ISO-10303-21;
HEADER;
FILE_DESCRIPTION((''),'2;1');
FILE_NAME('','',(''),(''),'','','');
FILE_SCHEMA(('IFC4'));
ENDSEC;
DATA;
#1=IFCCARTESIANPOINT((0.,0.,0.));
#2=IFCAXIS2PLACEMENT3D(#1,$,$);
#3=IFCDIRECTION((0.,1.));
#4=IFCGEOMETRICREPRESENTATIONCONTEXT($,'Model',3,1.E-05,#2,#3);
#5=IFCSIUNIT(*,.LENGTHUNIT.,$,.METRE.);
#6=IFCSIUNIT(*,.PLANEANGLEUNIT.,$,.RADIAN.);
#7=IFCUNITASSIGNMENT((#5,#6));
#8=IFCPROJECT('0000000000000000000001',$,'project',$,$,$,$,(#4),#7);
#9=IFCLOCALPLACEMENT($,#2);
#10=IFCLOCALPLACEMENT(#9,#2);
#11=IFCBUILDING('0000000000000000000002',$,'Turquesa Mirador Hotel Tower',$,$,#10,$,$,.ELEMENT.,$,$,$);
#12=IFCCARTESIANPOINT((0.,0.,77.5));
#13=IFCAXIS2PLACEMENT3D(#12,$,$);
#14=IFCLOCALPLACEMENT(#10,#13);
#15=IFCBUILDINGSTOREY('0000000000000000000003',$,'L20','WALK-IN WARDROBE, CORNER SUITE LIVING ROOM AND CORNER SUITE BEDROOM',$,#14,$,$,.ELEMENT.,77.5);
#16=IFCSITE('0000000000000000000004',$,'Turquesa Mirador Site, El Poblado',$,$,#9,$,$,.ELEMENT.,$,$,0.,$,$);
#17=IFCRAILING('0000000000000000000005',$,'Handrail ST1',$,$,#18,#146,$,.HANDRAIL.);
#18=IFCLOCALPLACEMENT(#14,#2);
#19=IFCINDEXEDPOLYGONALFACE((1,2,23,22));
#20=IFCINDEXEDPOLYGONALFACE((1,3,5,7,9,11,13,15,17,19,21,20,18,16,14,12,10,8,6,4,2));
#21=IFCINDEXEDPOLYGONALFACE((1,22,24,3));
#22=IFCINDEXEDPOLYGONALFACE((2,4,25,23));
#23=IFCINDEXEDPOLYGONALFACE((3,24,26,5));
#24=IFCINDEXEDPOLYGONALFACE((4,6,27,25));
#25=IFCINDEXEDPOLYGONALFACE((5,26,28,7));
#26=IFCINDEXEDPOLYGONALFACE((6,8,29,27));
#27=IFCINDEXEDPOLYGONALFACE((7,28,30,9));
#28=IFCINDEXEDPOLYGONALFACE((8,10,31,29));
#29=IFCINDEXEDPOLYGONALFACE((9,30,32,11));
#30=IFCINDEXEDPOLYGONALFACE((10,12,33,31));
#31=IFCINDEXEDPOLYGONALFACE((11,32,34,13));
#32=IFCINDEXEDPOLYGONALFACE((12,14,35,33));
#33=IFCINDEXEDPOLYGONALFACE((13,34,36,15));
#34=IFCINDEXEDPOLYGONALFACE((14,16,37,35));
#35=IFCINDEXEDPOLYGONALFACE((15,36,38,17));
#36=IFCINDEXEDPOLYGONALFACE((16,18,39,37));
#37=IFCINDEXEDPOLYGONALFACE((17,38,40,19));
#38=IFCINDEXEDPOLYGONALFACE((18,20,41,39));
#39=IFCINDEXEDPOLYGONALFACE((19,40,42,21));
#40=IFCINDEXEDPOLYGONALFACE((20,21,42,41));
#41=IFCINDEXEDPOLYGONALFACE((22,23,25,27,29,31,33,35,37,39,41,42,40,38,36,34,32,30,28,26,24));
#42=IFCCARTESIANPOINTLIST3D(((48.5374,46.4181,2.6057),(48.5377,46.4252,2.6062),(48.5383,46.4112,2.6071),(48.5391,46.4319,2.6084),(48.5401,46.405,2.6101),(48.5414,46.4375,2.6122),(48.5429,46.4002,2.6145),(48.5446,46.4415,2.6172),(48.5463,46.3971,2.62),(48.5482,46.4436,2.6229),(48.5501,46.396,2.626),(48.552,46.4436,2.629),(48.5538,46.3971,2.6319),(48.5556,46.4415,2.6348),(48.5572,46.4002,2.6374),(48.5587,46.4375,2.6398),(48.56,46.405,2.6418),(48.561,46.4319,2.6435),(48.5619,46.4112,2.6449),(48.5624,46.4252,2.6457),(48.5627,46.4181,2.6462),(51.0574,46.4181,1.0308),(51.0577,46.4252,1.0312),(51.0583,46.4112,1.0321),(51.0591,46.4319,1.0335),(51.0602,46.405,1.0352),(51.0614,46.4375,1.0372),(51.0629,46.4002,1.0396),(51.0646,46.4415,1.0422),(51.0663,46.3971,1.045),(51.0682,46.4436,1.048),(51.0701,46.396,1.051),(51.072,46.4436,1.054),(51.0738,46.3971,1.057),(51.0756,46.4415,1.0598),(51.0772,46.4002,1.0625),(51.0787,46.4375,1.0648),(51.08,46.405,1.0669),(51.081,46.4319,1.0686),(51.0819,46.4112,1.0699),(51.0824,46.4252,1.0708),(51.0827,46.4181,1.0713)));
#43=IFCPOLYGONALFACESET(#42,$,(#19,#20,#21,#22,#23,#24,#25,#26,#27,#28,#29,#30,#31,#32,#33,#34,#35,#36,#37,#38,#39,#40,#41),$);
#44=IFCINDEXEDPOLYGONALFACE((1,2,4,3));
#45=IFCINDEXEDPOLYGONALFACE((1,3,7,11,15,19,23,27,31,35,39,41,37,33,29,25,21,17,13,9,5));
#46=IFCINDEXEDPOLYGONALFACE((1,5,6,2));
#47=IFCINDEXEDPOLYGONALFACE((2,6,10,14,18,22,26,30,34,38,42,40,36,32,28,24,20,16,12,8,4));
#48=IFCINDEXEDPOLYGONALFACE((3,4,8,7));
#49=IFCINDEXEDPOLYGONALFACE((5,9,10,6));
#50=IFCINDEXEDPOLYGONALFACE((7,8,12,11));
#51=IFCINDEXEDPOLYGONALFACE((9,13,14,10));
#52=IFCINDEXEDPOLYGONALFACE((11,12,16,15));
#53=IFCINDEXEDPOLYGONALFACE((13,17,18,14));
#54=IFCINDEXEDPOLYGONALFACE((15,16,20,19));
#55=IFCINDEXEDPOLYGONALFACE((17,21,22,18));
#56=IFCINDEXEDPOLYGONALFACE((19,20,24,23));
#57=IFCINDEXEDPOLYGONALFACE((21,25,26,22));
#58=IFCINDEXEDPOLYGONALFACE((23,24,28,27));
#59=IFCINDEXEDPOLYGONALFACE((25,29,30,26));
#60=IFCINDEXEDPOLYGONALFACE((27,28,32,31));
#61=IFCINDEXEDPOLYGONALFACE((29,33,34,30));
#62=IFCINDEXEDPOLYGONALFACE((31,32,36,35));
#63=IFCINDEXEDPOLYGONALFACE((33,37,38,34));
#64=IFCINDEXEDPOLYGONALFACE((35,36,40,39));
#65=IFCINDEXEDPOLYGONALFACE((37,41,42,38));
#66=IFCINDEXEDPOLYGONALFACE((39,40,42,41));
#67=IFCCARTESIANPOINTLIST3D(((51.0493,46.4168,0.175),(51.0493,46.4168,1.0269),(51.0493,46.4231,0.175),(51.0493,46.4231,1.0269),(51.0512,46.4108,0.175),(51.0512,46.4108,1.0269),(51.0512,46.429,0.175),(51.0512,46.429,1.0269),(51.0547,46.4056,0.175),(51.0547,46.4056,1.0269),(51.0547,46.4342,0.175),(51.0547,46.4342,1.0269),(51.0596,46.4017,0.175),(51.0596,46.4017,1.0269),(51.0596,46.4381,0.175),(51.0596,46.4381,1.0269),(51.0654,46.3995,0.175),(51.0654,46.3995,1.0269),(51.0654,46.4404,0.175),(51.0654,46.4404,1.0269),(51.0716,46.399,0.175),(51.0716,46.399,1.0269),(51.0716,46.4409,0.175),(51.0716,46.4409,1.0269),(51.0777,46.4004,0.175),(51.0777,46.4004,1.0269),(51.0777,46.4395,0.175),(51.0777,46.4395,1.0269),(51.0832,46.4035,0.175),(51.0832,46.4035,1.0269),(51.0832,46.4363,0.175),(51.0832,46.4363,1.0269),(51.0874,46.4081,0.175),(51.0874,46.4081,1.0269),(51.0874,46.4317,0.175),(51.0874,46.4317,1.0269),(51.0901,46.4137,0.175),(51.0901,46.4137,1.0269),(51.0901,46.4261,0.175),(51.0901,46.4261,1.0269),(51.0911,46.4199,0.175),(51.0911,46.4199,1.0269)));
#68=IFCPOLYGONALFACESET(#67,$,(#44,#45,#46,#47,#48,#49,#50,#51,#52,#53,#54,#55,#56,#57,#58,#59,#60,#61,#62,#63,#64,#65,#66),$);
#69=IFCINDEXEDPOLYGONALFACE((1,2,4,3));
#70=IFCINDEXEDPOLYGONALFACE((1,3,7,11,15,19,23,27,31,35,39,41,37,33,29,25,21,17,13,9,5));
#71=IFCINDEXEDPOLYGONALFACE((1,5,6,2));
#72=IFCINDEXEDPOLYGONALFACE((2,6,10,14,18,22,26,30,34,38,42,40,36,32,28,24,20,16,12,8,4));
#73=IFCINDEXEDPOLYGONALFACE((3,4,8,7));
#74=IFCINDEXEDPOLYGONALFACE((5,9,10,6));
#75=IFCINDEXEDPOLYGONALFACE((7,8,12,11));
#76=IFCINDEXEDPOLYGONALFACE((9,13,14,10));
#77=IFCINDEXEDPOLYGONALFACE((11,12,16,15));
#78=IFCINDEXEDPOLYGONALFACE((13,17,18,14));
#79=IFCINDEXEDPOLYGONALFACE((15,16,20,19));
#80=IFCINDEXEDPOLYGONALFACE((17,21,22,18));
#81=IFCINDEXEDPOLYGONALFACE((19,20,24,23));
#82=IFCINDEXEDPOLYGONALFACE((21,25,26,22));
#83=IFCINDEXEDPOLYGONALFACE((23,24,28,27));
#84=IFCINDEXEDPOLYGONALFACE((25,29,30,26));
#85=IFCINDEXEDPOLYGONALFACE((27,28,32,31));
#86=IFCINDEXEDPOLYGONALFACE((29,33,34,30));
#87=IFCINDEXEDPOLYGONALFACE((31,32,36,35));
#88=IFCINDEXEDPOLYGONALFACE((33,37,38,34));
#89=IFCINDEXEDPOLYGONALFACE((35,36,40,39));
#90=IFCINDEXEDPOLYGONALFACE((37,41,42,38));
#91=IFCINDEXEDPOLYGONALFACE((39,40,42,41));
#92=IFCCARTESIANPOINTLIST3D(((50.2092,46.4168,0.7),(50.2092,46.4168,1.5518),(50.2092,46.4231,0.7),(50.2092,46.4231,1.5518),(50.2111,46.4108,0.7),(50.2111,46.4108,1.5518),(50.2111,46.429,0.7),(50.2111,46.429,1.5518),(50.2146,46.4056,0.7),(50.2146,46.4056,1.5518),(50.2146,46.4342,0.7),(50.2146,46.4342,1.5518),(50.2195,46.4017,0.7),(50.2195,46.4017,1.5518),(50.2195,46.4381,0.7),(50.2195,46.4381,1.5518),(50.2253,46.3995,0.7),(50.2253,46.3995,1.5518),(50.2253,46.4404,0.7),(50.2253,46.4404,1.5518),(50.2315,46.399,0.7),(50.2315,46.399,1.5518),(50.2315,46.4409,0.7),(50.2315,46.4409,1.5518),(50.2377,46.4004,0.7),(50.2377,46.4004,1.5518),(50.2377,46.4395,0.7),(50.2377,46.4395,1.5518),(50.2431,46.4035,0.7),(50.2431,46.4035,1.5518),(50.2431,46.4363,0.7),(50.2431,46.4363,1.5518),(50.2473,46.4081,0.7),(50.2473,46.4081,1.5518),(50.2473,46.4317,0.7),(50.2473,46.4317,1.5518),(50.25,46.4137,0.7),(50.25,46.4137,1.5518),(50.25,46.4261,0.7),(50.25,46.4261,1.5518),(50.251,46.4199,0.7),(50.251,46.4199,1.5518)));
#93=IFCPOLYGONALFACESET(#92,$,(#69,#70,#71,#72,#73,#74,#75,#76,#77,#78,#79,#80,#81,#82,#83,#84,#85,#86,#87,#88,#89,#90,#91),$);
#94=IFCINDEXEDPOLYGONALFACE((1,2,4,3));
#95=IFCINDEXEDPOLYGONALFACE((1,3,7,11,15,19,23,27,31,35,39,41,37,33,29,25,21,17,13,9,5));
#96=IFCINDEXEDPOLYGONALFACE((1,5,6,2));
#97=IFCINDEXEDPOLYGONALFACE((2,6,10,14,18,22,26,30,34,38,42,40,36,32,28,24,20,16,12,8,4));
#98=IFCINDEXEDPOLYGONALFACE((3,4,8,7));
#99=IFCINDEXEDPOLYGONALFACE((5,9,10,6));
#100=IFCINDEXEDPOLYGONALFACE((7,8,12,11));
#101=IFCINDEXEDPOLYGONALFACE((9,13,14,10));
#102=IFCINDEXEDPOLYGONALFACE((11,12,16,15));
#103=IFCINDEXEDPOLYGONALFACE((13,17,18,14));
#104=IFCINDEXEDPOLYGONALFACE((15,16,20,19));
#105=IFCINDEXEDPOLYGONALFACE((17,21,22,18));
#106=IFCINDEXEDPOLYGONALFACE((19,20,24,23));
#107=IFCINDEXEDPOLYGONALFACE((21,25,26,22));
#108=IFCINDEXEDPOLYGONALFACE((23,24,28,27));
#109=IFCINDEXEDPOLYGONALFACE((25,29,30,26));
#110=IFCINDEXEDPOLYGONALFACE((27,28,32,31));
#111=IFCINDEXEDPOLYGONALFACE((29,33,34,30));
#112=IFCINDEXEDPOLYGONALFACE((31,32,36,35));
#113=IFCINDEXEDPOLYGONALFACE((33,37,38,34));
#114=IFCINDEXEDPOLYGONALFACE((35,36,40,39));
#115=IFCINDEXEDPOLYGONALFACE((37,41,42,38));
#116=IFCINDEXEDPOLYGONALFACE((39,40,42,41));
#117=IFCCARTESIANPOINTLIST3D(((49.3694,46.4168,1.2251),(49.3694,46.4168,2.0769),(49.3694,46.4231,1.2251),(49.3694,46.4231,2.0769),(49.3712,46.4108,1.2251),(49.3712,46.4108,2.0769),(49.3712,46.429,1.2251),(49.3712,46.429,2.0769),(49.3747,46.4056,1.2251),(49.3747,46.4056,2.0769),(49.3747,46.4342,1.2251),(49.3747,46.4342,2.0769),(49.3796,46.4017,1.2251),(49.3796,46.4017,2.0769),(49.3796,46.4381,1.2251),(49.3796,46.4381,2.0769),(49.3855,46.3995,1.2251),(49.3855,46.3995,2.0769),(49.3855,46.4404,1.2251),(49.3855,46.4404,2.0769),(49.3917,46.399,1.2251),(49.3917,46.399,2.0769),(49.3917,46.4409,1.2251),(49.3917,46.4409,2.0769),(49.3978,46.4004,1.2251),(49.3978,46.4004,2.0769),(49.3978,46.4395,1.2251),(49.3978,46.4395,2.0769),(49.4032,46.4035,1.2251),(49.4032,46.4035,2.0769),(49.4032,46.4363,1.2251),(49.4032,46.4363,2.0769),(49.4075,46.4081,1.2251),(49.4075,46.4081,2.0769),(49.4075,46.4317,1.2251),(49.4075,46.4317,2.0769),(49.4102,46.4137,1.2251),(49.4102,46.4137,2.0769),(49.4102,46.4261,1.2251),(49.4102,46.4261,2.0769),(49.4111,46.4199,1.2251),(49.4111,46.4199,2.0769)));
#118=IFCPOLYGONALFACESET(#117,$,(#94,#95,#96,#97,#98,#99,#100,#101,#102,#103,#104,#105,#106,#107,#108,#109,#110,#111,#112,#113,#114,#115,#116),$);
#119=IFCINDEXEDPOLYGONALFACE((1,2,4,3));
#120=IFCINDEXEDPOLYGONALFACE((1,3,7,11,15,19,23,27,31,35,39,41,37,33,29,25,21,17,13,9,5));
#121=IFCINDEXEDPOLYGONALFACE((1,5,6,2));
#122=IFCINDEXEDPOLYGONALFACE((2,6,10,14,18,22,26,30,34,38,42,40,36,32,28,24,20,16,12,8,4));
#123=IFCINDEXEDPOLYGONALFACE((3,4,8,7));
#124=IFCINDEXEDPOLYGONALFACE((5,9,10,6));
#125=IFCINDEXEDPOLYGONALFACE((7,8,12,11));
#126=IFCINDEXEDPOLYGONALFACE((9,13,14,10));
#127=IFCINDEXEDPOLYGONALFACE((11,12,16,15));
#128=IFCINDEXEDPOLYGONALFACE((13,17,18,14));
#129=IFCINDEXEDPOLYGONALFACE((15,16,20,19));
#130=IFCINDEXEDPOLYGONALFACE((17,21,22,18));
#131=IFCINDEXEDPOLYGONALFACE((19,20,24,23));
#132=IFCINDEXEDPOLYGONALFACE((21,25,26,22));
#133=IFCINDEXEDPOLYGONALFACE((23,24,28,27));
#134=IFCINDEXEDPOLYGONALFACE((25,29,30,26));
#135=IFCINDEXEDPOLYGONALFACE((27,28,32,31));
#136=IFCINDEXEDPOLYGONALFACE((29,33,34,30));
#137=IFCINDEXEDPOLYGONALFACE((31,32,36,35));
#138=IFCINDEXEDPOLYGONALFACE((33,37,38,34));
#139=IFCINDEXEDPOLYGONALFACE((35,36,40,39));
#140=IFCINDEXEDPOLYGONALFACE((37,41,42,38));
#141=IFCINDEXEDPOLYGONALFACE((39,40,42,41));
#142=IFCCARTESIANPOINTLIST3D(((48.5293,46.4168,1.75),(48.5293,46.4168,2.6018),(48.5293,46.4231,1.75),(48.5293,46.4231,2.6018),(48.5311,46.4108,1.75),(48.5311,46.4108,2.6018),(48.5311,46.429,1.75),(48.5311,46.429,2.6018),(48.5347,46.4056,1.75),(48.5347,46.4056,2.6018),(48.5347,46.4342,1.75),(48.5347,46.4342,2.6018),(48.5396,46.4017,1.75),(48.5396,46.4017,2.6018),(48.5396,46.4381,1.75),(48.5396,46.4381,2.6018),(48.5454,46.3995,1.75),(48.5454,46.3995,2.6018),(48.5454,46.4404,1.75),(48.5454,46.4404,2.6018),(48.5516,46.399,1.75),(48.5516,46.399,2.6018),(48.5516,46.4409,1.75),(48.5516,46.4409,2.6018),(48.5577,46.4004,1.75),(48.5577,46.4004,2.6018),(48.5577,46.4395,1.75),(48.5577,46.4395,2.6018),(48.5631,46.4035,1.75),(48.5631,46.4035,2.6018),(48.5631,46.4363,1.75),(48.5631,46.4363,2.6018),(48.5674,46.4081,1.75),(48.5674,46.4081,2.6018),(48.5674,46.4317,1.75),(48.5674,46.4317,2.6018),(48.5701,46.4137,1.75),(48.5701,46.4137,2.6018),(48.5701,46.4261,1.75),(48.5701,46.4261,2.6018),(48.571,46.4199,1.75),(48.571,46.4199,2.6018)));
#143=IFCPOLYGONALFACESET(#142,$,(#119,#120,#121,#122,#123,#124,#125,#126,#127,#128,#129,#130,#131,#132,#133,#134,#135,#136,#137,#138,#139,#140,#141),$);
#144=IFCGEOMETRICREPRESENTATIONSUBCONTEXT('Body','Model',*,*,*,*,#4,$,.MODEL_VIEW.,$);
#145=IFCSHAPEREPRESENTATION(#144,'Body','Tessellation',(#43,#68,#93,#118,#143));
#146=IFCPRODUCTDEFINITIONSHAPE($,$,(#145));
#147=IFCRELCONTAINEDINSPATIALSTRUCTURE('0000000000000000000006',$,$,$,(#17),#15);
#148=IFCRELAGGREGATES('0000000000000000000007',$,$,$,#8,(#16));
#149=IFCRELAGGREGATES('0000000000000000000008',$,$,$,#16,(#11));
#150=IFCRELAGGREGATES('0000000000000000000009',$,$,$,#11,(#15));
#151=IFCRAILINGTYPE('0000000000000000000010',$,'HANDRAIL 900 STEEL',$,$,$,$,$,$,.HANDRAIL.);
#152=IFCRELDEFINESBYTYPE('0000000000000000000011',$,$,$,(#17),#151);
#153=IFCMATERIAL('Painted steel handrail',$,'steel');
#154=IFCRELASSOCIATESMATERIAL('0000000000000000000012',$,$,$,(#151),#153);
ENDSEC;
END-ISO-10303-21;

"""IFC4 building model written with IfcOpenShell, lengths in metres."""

from ifc_helpers import new_model, si_unit, direction, frame, origin, origin_2d, place, context, subcontext, project, spatial, circle, extrude, material, type_object, element, save


model = new_model("IFC4")

# Units and contexts
model_context = context("Model", 3, precision=1e-05, world=origin(), true_north=direction((0.0, 1.0)))
body_context = subcontext(model_context, "Body", "Model", "MODEL_VIEW")
ifc_project = project(units=[si_unit("LENGTHUNIT", "METRE"), si_unit("PLANEANGLEUNIT", "RADIAN")], contexts=[model_context])

# Site, building, storey
site_placement = place(None, origin())
site = spatial("IfcSite", under=ifc_project, at=site_placement, Name="Turquesa Mirador Site, El Poblado", CompositionType="ELEMENT", RefElevation=0.0)
building_placement = place(site_placement, origin())
building = spatial("IfcBuilding", under=site, at=building_placement, Name="Turquesa Mirador Hotel Tower", CompositionType="ELEMENT")
storey_placement = place(building_placement, frame((0.0, 0.0, 77.5)))
storey = spatial("IfcBuildingStorey", under=building, at=storey_placement, Name="L20", Description="WALK-IN WARDROBE, CORNER SUITE LIVING ROOM AND CORNER SUITE BEDROOM", CompositionType="ELEMENT", Elevation=77.5)

# Railing
ifc_material_1 = material(Name="Painted steel handrail", Category="steel")
railing_type = type_object("IfcRailingType", Name="HANDRAIL 900 STEEL", PredefinedType="HANDRAIL", material=ifc_material_1)
railing_1_placement = place(storey_placement, frame((51.0701, 46.4199, 0.175)))
element("IfcRailing", 1, at=railing_1_placement, inside=storey, type_object=railing_type, Name="Handrail ST1", PredefinedType="HANDRAIL", context=body_context, shape_type="SweptSolid", body=[
    extrude(circle(Radius=0.0239, at=origin_2d()), frame((0.0, 0.0, 0.876), z_axis=(-0.848008, 0.0, 0.529984), x_axis=(0.0, -1.0, 0.0)), (0.0, 0.0, 1.0), 2.9717),
    extrude(circle(Radius=0.021, at=origin_2d()), origin(), (0.0, 0.0, 1.0), 0.8518),
    extrude(circle(Radius=0.021, at=origin_2d()), frame((-0.8401, 0.0, 0.5249)), (0.0, 0.0, 1.0), 0.8518),
    extrude(circle(Radius=0.021, at=origin_2d()), frame((-1.6799, 0.0, 1.05)), (0.0, 0.0, 1.0), 0.8518),
    extrude(circle(Radius=0.021, at=origin_2d()), frame((-2.52, 0.0, 1.575)), (0.0, 0.0, 1.0), 0.8518),
])

save(model, "model.ifc")
